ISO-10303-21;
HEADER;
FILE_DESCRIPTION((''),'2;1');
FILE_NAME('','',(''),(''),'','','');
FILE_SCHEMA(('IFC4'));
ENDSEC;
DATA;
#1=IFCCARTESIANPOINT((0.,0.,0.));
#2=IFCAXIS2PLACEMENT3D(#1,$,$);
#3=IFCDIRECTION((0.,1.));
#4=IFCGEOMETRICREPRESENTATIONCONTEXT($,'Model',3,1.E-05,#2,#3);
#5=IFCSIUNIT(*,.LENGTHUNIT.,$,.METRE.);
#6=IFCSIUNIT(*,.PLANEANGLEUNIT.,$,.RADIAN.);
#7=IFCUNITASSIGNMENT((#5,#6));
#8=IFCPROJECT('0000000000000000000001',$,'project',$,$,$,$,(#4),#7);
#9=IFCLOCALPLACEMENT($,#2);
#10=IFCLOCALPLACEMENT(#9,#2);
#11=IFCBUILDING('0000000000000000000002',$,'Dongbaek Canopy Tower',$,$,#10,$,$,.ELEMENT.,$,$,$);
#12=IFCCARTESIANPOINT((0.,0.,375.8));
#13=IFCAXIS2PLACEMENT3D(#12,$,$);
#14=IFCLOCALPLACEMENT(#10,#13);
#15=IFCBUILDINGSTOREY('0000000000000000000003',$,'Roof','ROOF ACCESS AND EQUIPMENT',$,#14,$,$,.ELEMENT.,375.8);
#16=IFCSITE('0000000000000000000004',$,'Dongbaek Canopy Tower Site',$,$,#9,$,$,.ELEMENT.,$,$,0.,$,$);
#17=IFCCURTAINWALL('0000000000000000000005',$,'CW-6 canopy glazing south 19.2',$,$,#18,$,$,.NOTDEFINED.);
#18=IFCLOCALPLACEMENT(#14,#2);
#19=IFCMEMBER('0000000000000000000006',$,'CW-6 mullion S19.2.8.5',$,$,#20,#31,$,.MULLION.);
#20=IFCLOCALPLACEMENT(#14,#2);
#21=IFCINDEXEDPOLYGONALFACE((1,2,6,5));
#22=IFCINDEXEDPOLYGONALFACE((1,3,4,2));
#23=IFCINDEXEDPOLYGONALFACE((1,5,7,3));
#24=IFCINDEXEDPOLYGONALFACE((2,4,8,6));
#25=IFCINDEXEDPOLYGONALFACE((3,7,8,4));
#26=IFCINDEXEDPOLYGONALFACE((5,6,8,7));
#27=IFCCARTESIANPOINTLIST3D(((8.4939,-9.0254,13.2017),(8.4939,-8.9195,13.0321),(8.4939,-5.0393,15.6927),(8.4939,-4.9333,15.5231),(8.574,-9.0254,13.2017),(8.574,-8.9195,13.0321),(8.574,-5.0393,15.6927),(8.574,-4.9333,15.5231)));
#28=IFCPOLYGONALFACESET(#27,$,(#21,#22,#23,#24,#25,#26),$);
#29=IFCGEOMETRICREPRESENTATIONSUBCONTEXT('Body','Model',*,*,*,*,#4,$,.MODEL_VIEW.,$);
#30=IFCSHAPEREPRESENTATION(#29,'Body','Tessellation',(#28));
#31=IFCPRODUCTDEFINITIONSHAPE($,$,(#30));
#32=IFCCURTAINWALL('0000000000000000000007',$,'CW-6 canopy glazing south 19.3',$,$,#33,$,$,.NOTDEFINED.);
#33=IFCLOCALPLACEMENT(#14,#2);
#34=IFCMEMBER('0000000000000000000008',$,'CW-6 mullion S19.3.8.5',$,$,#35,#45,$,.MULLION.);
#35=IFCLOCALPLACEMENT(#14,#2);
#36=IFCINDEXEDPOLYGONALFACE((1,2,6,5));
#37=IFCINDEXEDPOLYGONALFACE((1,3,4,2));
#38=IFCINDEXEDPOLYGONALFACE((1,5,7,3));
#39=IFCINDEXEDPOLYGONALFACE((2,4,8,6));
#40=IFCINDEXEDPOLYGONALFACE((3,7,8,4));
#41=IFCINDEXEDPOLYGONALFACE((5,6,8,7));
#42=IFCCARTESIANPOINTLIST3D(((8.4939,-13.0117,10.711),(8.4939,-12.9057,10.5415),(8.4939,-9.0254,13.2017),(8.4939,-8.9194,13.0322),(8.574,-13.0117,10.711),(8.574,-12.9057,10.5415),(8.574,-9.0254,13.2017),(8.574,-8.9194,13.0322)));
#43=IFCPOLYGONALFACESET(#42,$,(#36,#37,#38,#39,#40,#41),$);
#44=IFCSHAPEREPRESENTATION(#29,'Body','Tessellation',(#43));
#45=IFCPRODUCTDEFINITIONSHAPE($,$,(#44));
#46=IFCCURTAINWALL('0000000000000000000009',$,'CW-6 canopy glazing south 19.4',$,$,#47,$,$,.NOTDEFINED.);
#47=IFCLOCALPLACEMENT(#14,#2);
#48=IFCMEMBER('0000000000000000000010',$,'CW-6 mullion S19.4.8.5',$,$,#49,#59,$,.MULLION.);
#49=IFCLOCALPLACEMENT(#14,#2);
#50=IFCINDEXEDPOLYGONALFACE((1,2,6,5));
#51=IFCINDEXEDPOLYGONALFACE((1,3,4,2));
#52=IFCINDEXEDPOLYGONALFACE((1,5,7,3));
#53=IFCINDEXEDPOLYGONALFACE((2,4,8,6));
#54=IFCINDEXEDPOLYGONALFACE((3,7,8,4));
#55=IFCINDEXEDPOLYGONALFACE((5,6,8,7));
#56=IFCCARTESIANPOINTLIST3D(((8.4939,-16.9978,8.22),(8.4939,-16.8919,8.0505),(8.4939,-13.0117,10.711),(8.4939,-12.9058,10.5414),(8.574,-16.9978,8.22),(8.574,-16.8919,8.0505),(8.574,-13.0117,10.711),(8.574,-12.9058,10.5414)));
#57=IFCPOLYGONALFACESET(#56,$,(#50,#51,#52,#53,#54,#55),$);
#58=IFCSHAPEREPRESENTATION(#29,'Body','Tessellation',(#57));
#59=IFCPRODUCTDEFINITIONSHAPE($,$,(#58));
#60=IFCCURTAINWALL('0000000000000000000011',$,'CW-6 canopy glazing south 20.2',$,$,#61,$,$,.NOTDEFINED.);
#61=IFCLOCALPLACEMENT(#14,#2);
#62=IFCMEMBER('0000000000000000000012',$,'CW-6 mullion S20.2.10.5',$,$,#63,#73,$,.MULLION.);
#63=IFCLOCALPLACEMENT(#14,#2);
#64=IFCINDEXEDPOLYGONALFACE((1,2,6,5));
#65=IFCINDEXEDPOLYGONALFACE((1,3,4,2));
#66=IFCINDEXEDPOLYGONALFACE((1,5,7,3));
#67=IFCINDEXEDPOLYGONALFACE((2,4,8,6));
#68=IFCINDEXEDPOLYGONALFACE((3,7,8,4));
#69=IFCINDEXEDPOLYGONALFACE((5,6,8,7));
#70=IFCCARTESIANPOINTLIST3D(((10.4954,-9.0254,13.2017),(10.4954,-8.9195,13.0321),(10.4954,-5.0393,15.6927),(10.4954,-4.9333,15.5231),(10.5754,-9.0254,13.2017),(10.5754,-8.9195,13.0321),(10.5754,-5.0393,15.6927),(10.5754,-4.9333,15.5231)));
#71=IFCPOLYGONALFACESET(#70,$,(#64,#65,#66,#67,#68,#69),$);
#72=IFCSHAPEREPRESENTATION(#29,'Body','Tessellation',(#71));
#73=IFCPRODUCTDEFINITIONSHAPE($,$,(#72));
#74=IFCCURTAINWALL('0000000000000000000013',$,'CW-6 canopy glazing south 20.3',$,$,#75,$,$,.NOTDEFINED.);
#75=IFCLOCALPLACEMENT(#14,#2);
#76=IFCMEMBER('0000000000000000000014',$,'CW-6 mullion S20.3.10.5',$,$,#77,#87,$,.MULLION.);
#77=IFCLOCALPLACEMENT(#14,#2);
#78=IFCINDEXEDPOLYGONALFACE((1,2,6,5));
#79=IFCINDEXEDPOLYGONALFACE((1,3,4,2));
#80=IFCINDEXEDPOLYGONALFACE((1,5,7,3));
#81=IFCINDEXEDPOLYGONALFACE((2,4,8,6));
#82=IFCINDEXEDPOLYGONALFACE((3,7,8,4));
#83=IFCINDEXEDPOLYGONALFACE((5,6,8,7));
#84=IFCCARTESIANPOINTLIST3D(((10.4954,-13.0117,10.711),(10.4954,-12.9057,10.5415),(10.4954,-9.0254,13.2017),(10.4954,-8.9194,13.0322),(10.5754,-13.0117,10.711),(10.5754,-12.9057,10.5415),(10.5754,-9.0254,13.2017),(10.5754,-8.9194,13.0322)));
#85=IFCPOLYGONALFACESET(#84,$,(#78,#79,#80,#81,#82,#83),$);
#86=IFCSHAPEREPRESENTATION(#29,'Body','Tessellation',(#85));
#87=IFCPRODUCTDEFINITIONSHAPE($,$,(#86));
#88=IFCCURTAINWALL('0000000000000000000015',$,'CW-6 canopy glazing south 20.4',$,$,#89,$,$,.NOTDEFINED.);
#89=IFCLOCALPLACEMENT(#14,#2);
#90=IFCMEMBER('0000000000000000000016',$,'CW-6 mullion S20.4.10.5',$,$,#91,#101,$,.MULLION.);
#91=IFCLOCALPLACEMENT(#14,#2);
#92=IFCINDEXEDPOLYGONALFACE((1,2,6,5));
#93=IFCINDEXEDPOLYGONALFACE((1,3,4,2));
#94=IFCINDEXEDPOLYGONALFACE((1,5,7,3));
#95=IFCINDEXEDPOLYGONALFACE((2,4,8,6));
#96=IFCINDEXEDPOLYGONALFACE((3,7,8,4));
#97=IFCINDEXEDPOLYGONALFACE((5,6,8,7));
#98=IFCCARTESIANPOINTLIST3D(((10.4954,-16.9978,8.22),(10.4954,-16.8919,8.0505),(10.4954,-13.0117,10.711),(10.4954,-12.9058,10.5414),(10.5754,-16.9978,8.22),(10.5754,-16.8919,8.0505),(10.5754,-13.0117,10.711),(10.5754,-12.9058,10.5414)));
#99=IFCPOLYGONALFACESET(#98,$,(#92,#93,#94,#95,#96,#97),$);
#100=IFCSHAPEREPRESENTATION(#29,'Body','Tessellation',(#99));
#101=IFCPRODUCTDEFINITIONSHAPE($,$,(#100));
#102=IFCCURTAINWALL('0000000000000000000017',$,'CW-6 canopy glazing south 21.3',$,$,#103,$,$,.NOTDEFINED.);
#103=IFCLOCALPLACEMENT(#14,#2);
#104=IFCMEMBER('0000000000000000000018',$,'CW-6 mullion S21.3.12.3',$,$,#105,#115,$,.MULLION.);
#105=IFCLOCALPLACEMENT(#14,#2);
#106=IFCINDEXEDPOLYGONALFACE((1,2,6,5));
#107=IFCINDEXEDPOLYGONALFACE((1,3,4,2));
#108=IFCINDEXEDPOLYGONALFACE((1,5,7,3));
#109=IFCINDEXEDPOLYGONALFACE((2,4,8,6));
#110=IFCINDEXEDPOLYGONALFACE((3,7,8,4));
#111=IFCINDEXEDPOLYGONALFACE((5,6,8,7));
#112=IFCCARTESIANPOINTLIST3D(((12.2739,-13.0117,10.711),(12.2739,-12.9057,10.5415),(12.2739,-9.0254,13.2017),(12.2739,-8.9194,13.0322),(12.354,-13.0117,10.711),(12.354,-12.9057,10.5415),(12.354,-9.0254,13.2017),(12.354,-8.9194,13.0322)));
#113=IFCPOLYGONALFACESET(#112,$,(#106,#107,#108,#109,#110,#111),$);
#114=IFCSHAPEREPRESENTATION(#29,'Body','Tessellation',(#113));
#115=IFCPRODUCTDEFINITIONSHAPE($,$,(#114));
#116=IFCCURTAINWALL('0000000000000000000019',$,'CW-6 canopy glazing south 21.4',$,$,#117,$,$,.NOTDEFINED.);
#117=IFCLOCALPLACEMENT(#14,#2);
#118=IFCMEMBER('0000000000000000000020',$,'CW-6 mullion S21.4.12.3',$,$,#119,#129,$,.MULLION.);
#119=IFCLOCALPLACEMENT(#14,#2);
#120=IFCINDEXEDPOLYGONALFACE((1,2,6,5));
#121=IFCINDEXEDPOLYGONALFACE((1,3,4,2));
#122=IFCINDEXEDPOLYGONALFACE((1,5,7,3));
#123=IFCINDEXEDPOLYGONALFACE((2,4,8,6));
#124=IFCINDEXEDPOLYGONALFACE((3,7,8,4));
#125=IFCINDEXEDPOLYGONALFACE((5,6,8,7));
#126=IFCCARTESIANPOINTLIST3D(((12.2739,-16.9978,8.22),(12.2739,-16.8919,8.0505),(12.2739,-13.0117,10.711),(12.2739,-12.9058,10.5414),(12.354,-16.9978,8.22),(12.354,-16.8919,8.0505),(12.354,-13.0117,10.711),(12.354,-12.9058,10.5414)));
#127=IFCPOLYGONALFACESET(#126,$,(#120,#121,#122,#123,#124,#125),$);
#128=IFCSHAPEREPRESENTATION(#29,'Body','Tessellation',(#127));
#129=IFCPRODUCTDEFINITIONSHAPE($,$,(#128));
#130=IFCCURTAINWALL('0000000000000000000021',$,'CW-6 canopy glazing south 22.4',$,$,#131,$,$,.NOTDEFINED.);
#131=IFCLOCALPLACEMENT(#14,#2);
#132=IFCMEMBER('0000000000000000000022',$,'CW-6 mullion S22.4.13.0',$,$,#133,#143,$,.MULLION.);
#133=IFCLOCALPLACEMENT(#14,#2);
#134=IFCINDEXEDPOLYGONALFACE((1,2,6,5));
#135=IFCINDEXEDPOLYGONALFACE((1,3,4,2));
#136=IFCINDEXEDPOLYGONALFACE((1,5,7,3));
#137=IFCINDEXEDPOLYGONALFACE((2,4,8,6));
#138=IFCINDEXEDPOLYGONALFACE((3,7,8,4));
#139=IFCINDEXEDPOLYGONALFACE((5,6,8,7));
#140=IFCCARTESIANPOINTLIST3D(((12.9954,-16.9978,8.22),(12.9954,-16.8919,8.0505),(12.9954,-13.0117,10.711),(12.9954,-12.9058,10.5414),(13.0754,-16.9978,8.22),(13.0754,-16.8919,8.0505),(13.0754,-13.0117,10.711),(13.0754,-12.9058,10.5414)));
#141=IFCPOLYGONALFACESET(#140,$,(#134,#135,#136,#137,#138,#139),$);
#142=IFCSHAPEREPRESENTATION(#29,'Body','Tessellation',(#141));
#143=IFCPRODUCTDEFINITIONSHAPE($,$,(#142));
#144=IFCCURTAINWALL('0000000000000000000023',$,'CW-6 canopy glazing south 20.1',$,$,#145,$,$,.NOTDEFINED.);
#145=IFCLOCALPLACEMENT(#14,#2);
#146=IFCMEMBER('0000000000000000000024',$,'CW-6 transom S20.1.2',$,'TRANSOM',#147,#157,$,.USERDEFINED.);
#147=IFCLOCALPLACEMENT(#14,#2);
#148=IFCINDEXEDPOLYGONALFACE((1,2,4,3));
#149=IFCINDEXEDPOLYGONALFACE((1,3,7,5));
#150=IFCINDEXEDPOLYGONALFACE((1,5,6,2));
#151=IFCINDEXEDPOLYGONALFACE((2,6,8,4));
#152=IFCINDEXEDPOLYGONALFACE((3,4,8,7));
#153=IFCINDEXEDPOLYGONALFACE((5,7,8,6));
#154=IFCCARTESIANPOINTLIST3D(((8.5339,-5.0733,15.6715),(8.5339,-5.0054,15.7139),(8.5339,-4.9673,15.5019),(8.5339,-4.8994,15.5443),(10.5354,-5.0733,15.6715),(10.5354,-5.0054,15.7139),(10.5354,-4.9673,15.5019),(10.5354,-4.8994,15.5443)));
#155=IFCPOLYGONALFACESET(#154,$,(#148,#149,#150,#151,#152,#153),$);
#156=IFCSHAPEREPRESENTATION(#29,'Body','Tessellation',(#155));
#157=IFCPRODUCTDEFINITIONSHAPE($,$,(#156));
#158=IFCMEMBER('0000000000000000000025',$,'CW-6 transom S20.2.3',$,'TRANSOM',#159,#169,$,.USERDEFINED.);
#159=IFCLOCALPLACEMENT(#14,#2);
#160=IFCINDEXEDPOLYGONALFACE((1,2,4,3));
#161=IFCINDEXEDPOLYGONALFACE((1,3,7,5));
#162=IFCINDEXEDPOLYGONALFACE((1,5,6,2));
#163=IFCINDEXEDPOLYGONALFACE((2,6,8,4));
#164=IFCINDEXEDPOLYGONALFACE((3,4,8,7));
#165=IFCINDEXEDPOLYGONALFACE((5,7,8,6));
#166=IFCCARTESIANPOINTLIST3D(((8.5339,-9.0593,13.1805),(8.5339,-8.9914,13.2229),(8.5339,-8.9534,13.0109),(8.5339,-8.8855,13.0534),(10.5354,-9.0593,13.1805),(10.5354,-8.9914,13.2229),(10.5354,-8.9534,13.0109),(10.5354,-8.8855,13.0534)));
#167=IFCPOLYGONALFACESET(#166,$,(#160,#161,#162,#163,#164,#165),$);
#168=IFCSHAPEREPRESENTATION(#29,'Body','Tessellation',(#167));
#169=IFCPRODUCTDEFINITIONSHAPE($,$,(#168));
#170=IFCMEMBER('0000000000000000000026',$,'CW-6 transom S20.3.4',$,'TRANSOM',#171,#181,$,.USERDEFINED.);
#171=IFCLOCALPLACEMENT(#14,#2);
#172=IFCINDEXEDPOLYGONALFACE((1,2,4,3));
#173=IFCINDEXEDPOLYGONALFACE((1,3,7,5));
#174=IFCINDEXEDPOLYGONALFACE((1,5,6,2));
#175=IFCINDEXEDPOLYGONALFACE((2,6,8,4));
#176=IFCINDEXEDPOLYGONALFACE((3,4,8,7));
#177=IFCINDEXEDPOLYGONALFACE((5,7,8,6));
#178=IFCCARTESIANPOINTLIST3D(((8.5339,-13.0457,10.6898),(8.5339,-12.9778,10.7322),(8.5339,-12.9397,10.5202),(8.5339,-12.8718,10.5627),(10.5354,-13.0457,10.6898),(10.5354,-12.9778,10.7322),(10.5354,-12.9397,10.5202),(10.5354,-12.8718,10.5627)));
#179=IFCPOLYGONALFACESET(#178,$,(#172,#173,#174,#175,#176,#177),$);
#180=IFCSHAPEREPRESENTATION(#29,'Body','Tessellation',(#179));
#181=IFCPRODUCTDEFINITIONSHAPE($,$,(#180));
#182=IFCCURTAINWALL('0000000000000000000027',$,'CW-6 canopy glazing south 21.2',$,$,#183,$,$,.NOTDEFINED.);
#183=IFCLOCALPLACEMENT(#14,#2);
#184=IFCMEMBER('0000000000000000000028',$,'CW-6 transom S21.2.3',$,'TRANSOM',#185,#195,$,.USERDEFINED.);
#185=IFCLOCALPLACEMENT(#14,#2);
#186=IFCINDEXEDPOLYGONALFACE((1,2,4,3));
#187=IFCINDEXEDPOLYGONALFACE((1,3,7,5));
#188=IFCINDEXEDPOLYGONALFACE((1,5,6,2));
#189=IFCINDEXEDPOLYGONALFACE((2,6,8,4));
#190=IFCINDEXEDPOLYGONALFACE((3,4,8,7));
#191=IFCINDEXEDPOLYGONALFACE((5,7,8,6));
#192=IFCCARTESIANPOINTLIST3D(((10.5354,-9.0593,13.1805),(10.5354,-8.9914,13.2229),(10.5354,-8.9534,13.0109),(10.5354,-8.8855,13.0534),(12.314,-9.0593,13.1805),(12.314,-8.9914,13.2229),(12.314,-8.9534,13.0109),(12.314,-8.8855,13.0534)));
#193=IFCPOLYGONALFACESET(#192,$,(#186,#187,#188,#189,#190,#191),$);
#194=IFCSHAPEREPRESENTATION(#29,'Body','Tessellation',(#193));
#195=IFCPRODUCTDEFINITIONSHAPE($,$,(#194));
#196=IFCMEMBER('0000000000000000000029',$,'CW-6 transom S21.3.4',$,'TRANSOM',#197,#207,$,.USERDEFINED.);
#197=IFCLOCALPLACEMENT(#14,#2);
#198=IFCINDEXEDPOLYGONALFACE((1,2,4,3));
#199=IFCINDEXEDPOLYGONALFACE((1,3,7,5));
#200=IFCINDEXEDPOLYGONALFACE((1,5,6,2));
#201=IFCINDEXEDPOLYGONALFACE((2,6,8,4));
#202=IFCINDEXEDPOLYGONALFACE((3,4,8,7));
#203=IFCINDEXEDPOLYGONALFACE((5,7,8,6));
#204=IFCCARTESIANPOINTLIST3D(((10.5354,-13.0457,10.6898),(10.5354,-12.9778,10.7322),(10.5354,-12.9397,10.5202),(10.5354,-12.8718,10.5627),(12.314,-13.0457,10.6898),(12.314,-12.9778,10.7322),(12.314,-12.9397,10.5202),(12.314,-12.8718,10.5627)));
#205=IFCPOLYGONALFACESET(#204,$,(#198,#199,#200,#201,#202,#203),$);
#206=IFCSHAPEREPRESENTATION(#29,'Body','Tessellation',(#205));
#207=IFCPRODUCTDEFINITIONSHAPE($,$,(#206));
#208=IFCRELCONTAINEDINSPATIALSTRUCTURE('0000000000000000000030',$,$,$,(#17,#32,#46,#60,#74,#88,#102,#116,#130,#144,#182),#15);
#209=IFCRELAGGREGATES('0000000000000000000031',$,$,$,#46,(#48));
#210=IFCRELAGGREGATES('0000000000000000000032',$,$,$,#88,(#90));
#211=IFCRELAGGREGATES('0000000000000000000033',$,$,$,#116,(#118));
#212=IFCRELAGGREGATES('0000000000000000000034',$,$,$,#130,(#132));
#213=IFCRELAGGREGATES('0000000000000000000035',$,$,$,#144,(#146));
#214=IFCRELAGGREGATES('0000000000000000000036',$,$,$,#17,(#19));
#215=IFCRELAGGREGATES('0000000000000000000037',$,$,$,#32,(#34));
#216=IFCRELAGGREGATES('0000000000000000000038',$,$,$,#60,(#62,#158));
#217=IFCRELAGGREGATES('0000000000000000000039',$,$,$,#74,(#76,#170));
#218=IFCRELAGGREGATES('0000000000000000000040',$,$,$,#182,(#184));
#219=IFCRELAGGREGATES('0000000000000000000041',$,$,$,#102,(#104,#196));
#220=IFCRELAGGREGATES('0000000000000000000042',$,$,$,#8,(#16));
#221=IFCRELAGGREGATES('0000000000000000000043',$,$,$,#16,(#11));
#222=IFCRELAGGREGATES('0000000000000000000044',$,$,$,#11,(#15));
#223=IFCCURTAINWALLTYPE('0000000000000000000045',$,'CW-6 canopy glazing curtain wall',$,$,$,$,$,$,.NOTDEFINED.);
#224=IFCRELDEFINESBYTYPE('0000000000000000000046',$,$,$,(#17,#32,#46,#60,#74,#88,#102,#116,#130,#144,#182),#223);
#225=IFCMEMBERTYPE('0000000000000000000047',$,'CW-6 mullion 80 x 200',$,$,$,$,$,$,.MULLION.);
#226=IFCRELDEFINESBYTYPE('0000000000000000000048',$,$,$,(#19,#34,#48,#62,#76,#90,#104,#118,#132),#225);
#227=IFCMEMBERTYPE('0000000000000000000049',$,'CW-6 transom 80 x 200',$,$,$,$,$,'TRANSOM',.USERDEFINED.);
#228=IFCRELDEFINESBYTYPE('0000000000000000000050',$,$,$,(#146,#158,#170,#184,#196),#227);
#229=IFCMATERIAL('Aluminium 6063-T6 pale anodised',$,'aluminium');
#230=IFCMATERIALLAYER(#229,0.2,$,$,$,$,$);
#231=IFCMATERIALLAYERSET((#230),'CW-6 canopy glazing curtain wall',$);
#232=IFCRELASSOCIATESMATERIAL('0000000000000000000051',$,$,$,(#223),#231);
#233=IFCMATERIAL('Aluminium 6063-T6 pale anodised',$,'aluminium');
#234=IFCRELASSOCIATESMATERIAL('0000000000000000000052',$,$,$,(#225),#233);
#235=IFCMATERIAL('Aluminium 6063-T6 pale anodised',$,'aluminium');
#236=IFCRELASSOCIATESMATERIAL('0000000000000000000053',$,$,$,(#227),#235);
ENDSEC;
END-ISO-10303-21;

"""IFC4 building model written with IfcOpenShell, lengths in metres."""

from ifc_helpers import new_model, si_unit, direction, frame, origin, origin_2d, place, context, subcontext, project, spatial, rectangle, extrude, material, layer, layer_set, material_profile, profile_set, type_object, element, aggregate, save


model = new_model("IFC4")

# Units and contexts
model_context = context("Model", 3, precision=1e-05, world=origin(), true_north=direction((0.0, 1.0)))
body_context = subcontext(model_context, "Body", "Model", "MODEL_VIEW")
ifc_project = project(units=[si_unit("LENGTHUNIT", "METRE"), si_unit("PLANEANGLEUNIT", "RADIAN")], contexts=[model_context])

# Site, building, storey
site_placement = place(None, origin())
site = spatial("IfcSite", under=ifc_project, at=site_placement, Name="Dongbaek Canopy Tower Site", CompositionType="ELEMENT", RefElevation=0.0)
building_placement = place(site_placement, origin())
building = spatial("IfcBuilding", under=site, at=building_placement, Name="Dongbaek Canopy Tower", CompositionType="ELEMENT")
storey_placement = place(building_placement, frame((0.0, 0.0, 375.8)))
storey = spatial("IfcBuildingStorey", under=building, at=storey_placement, Name="Roof", Description="ROOF ACCESS AND EQUIPMENT", CompositionType="ELEMENT", Elevation=375.8)

# Curtain walls, members
ifc_material_1 = material(Name="Aluminium 6063-T6 pale anodised", Category="aluminium")
ifc_layer_1 = layer(ifc_material_1, 0.2)
ifc_layer_set_1 = layer_set([ifc_layer_1], Name="CW-6 canopy glazing curtain wall")
curtain_wall_type = type_object("IfcCurtainWallType", Name="CW-6 canopy glazing curtain wall", PredefinedType="NOTDEFINED", material=ifc_layer_set_1)
curtain_wall_1_placement = place(storey_placement, origin())
curtain_wall_1 = element("IfcCurtainWall", 1, at=curtain_wall_1_placement, inside=storey, type_object=curtain_wall_type, Name="CW-6 canopy glazing south 19.2", PredefinedType="NOTDEFINED")
ifc_material_2 = material(Name="Aluminium 6063-T6 pale anodised", Category="aluminium")
ifc_material_profile_1 = material_profile(ifc_material_2, rectangle(XDim=0.0801, YDim=0.2, at=origin_2d()), Name="CW-6 mullion 80 x 200")
ifc_profile_set_1 = profile_set([ifc_material_profile_1], Name="Aluminium 6063-T6 pale anodised")
member_type_1 = type_object("IfcMemberType", Name="CW-6 mullion 80 x 200", PredefinedType="MULLION", material=ifc_profile_set_1)
member_1_placement = place(storey_placement, frame((8.5339, -4.9863, 15.6079), z_axis=(0.0, -0.84803, -0.529948), x_axis=(1.0, 0.0, 0.0)))
member_1 = element("IfcMember", 2, at=member_1_placement, type_object=member_type_1, Name="CW-6 mullion S19.2.8.5", PredefinedType="MULLION", context=body_context, shape_type="SweptSolid", body=[
    extrude(rectangle(XDim=0.0801, YDim=0.2, at=origin_2d()), origin(), (0.0, 0.0, 1.0), 4.7004),
])
curtain_wall_2_placement = place(storey_placement, origin())
curtain_wall_2 = element("IfcCurtainWall", 3, at=curtain_wall_2_placement, inside=storey, type_object=curtain_wall_type, Name="CW-6 canopy glazing south 19.3", PredefinedType="NOTDEFINED")
member_2_placement = place(storey_placement, frame((8.5339, -8.9724, 13.1169), z_axis=(0.0, -0.848068, -0.529887), x_axis=(1.0, 0.0, 0.0)))
member_2 = element("IfcMember", 4, at=member_2_placement, type_object=member_type_1, Name="CW-6 mullion S19.3.8.5", PredefinedType="MULLION", context=body_context, shape_type="SweptSolid", body=[
    extrude(rectangle(XDim=0.0801, YDim=0.2, at=origin_2d()), origin(), (0.0, 0.0, 1.0), 4.7004),
])
curtain_wall_3_placement = place(storey_placement, origin())
curtain_wall_3 = element("IfcCurtainWall", 5, at=curtain_wall_3_placement, inside=storey, type_object=curtain_wall_type, Name="CW-6 canopy glazing south 19.4", PredefinedType="NOTDEFINED")
member_3_placement = place(storey_placement, frame((8.5339, -12.9587, 10.6262), z_axis=(0.0, -0.84803, -0.529948), x_axis=(1.0, 0.0, 0.0)))
member_3 = element("IfcMember", 6, at=member_3_placement, type_object=member_type_1, Name="CW-6 mullion S19.4.8.5", PredefinedType="MULLION", context=body_context, shape_type="SweptSolid", body=[
    extrude(rectangle(XDim=0.0801, YDim=0.2, at=origin_2d()), origin(), (0.0, 0.0, 1.0), 4.7004),
])
aggregate(curtain_wall_3, [member_3])
curtain_wall_4_placement = place(storey_placement, origin())
curtain_wall_4 = element("IfcCurtainWall", 7, at=curtain_wall_4_placement, inside=storey, type_object=curtain_wall_type, Name="CW-6 canopy glazing south 20.2", PredefinedType="NOTDEFINED")
member_4_placement = place(storey_placement, frame((10.5354, -4.9863, 15.6079), z_axis=(0.0, -0.84803, -0.529948), x_axis=(1.0, 0.0, 0.0)))
member_4 = element("IfcMember", 8, at=member_4_placement, type_object=member_type_1, Name="CW-6 mullion S20.2.10.5", PredefinedType="MULLION", context=body_context, shape_type="SweptSolid", body=[
    extrude(rectangle(XDim=0.0801, YDim=0.2, at=origin_2d()), origin(), (0.0, 0.0, 1.0), 4.7004),
])
curtain_wall_5_placement = place(storey_placement, origin())
curtain_wall_5 = element("IfcCurtainWall", 9, at=curtain_wall_5_placement, inside=storey, type_object=curtain_wall_type, Name="CW-6 canopy glazing south 20.3", PredefinedType="NOTDEFINED")
member_5_placement = place(storey_placement, frame((10.5354, -8.9724, 13.1169), z_axis=(0.0, -0.848068, -0.529887), x_axis=(1.0, 0.0, 0.0)))
member_5 = element("IfcMember", 10, at=member_5_placement, type_object=member_type_1, Name="CW-6 mullion S20.3.10.5", PredefinedType="MULLION", context=body_context, shape_type="SweptSolid", body=[
    extrude(rectangle(XDim=0.0801, YDim=0.2, at=origin_2d()), origin(), (0.0, 0.0, 1.0), 4.7004),
])
curtain_wall_6_placement = place(storey_placement, origin())
curtain_wall_6 = element("IfcCurtainWall", 11, at=curtain_wall_6_placement, inside=storey, type_object=curtain_wall_type, Name="CW-6 canopy glazing south 20.4", PredefinedType="NOTDEFINED")
member_6_placement = place(storey_placement, frame((10.5354, -12.9587, 10.6262), z_axis=(0.0, -0.84803, -0.529948), x_axis=(1.0, 0.0, 0.0)))
member_6 = element("IfcMember", 12, at=member_6_placement, type_object=member_type_1, Name="CW-6 mullion S20.4.10.5", PredefinedType="MULLION", context=body_context, shape_type="SweptSolid", body=[
    extrude(rectangle(XDim=0.0801, YDim=0.2, at=origin_2d()), origin(), (0.0, 0.0, 1.0), 4.7004),
])
aggregate(curtain_wall_6, [member_6])
curtain_wall_7_placement = place(storey_placement, origin())
curtain_wall_7 = element("IfcCurtainWall", 13, at=curtain_wall_7_placement, inside=storey, type_object=curtain_wall_type, Name="CW-6 canopy glazing south 21.3", PredefinedType="NOTDEFINED")
member_7_placement = place(storey_placement, frame((12.314, -8.9724, 13.1169), z_axis=(0.0, -0.848068, -0.529887), x_axis=(1.0, 0.0, 0.0)))
member_7 = element("IfcMember", 14, at=member_7_placement, type_object=member_type_1, Name="CW-6 mullion S21.3.12.3", PredefinedType="MULLION", context=body_context, shape_type="SweptSolid", body=[
    extrude(rectangle(XDim=0.0801, YDim=0.2, at=origin_2d()), origin(), (0.0, 0.0, 1.0), 4.7004),
])
curtain_wall_8_placement = place(storey_placement, origin())
curtain_wall_8 = element("IfcCurtainWall", 15, at=curtain_wall_8_placement, inside=storey, type_object=curtain_wall_type, Name="CW-6 canopy glazing south 21.4", PredefinedType="NOTDEFINED")
member_8_placement = place(storey_placement, frame((12.314, -12.9587, 10.6262), z_axis=(0.0, -0.84803, -0.529948), x_axis=(1.0, 0.0, 0.0)))
member_8 = element("IfcMember", 16, at=member_8_placement, type_object=member_type_1, Name="CW-6 mullion S21.4.12.3", PredefinedType="MULLION", context=body_context, shape_type="SweptSolid", body=[
    extrude(rectangle(XDim=0.0801, YDim=0.2, at=origin_2d()), origin(), (0.0, 0.0, 1.0), 4.7004),
])
aggregate(curtain_wall_8, [member_8])
curtain_wall_9_placement = place(storey_placement, origin())
curtain_wall_9 = element("IfcCurtainWall", 17, at=curtain_wall_9_placement, inside=storey, type_object=curtain_wall_type, Name="CW-6 canopy glazing south 22.4", PredefinedType="NOTDEFINED")
member_9_placement = place(storey_placement, frame((13.0354, -12.9587, 10.6262), z_axis=(0.0, -0.84803, -0.529948), x_axis=(1.0, 0.0, 0.0)))
member_9 = element("IfcMember", 18, at=member_9_placement, type_object=member_type_1, Name="CW-6 mullion S22.4.13.0", PredefinedType="MULLION", context=body_context, shape_type="SweptSolid", body=[
    extrude(rectangle(XDim=0.0801, YDim=0.2, at=origin_2d()), origin(), (0.0, 0.0, 1.0), 4.7004),
])
aggregate(curtain_wall_9, [member_9])
curtain_wall_10_placement = place(storey_placement, origin())
curtain_wall_10 = element("IfcCurtainWall", 19, at=curtain_wall_10_placement, inside=storey, type_object=curtain_wall_type, Name="CW-6 canopy glazing south 20.1", PredefinedType="NOTDEFINED")
ifc_material_3 = material(Name="Aluminium 6063-T6 pale anodised", Category="aluminium")
ifc_material_profile_2 = material_profile(ifc_material_3, rectangle(XDim=0.0801, YDim=0.2, at=origin_2d()), Name="CW-6 transom 80 x 200")
ifc_profile_set_2 = profile_set([ifc_material_profile_2], Name="Aluminium 6063-T6 pale anodised")
member_type_2 = type_object("IfcMemberType", Name="CW-6 transom 80 x 200", ElementType="TRANSOM", PredefinedType="USERDEFINED", material=ifc_profile_set_2)
member_10_placement = place(storey_placement, frame((8.5339, -4.9863, 15.6079), z_axis=(1.0, 0.0, 0.0), x_axis=(0.0, 0.848048, 0.529919)))
member_10 = element("IfcMember", 20, at=member_10_placement, type_object=member_type_2, Name="CW-6 transom S20.1.2", ObjectType="TRANSOM", PredefinedType="USERDEFINED", context=body_context, shape_type="SweptSolid", body=[
    extrude(rectangle(XDim=0.0801, YDim=0.2, at=origin_2d()), origin(), (0.0, 0.0, 1.0), 2.0015),
])
aggregate(curtain_wall_10, [member_10])

# Members
member_11_placement = place(storey_placement, frame((8.5339, -8.9724, 13.1169), z_axis=(1.0, 0.0, 0.0), x_axis=(0.0, 0.848048, 0.529919)))
member_11 = element("IfcMember", 21, at=member_11_placement, type_object=member_type_2, Name="CW-6 transom S20.2.3", ObjectType="TRANSOM", PredefinedType="USERDEFINED", context=body_context, shape_type="SweptSolid", body=[
    extrude(rectangle(XDim=0.0801, YDim=0.2, at=origin_2d()), origin(), (0.0, 0.0, 1.0), 2.0015),
])
member_12_placement = place(storey_placement, frame((8.5339, -12.9587, 10.6262), z_axis=(1.0, 0.0, 0.0), x_axis=(0.0, 0.848048, 0.529919)))
member_12 = element("IfcMember", 22, at=member_12_placement, type_object=member_type_2, Name="CW-6 transom S20.3.4", ObjectType="TRANSOM", PredefinedType="USERDEFINED", context=body_context, shape_type="SweptSolid", body=[
    extrude(rectangle(XDim=0.0801, YDim=0.2, at=origin_2d()), origin(), (0.0, 0.0, 1.0), 2.0015),
])

# Curtain wall, member
curtain_wall_11_placement = place(storey_placement, origin())
curtain_wall_11 = element("IfcCurtainWall", 23, at=curtain_wall_11_placement, inside=storey, type_object=curtain_wall_type, Name="CW-6 canopy glazing south 21.2", PredefinedType="NOTDEFINED")
member_13_placement = place(storey_placement, frame((10.5354, -8.9724, 13.1169), z_axis=(1.0, 0.0, 0.0), x_axis=(0.0, 0.848048, 0.529919)))
member_13 = element("IfcMember", 24, at=member_13_placement, type_object=member_type_2, Name="CW-6 transom S21.2.3", ObjectType="TRANSOM", PredefinedType="USERDEFINED", context=body_context, shape_type="SweptSolid", body=[
    extrude(rectangle(XDim=0.0801, YDim=0.2, at=origin_2d()), origin(), (0.0, 0.0, 1.0), 1.7786),
])

# Member
member_14_placement = place(storey_placement, frame((10.5354, -12.9587, 10.6262), z_axis=(1.0, 0.0, 0.0), x_axis=(0.0, 0.848048, 0.529919)))
member_14 = element("IfcMember", 25, at=member_14_placement, type_object=member_type_2, Name="CW-6 transom S21.3.4", ObjectType="TRANSOM", PredefinedType="USERDEFINED", context=body_context, shape_type="SweptSolid", body=[
    extrude(rectangle(XDim=0.0801, YDim=0.2, at=origin_2d()), origin(), (0.0, 0.0, 1.0), 1.7786),
])

aggregate(curtain_wall_1, [member_1])
aggregate(curtain_wall_2, [member_2])
aggregate(curtain_wall_4, [member_4, member_11])
aggregate(curtain_wall_5, [member_5, member_12])
aggregate(curtain_wall_11, [member_13])
aggregate(curtain_wall_7, [member_7, member_14])

save(model, "model.ifc")
